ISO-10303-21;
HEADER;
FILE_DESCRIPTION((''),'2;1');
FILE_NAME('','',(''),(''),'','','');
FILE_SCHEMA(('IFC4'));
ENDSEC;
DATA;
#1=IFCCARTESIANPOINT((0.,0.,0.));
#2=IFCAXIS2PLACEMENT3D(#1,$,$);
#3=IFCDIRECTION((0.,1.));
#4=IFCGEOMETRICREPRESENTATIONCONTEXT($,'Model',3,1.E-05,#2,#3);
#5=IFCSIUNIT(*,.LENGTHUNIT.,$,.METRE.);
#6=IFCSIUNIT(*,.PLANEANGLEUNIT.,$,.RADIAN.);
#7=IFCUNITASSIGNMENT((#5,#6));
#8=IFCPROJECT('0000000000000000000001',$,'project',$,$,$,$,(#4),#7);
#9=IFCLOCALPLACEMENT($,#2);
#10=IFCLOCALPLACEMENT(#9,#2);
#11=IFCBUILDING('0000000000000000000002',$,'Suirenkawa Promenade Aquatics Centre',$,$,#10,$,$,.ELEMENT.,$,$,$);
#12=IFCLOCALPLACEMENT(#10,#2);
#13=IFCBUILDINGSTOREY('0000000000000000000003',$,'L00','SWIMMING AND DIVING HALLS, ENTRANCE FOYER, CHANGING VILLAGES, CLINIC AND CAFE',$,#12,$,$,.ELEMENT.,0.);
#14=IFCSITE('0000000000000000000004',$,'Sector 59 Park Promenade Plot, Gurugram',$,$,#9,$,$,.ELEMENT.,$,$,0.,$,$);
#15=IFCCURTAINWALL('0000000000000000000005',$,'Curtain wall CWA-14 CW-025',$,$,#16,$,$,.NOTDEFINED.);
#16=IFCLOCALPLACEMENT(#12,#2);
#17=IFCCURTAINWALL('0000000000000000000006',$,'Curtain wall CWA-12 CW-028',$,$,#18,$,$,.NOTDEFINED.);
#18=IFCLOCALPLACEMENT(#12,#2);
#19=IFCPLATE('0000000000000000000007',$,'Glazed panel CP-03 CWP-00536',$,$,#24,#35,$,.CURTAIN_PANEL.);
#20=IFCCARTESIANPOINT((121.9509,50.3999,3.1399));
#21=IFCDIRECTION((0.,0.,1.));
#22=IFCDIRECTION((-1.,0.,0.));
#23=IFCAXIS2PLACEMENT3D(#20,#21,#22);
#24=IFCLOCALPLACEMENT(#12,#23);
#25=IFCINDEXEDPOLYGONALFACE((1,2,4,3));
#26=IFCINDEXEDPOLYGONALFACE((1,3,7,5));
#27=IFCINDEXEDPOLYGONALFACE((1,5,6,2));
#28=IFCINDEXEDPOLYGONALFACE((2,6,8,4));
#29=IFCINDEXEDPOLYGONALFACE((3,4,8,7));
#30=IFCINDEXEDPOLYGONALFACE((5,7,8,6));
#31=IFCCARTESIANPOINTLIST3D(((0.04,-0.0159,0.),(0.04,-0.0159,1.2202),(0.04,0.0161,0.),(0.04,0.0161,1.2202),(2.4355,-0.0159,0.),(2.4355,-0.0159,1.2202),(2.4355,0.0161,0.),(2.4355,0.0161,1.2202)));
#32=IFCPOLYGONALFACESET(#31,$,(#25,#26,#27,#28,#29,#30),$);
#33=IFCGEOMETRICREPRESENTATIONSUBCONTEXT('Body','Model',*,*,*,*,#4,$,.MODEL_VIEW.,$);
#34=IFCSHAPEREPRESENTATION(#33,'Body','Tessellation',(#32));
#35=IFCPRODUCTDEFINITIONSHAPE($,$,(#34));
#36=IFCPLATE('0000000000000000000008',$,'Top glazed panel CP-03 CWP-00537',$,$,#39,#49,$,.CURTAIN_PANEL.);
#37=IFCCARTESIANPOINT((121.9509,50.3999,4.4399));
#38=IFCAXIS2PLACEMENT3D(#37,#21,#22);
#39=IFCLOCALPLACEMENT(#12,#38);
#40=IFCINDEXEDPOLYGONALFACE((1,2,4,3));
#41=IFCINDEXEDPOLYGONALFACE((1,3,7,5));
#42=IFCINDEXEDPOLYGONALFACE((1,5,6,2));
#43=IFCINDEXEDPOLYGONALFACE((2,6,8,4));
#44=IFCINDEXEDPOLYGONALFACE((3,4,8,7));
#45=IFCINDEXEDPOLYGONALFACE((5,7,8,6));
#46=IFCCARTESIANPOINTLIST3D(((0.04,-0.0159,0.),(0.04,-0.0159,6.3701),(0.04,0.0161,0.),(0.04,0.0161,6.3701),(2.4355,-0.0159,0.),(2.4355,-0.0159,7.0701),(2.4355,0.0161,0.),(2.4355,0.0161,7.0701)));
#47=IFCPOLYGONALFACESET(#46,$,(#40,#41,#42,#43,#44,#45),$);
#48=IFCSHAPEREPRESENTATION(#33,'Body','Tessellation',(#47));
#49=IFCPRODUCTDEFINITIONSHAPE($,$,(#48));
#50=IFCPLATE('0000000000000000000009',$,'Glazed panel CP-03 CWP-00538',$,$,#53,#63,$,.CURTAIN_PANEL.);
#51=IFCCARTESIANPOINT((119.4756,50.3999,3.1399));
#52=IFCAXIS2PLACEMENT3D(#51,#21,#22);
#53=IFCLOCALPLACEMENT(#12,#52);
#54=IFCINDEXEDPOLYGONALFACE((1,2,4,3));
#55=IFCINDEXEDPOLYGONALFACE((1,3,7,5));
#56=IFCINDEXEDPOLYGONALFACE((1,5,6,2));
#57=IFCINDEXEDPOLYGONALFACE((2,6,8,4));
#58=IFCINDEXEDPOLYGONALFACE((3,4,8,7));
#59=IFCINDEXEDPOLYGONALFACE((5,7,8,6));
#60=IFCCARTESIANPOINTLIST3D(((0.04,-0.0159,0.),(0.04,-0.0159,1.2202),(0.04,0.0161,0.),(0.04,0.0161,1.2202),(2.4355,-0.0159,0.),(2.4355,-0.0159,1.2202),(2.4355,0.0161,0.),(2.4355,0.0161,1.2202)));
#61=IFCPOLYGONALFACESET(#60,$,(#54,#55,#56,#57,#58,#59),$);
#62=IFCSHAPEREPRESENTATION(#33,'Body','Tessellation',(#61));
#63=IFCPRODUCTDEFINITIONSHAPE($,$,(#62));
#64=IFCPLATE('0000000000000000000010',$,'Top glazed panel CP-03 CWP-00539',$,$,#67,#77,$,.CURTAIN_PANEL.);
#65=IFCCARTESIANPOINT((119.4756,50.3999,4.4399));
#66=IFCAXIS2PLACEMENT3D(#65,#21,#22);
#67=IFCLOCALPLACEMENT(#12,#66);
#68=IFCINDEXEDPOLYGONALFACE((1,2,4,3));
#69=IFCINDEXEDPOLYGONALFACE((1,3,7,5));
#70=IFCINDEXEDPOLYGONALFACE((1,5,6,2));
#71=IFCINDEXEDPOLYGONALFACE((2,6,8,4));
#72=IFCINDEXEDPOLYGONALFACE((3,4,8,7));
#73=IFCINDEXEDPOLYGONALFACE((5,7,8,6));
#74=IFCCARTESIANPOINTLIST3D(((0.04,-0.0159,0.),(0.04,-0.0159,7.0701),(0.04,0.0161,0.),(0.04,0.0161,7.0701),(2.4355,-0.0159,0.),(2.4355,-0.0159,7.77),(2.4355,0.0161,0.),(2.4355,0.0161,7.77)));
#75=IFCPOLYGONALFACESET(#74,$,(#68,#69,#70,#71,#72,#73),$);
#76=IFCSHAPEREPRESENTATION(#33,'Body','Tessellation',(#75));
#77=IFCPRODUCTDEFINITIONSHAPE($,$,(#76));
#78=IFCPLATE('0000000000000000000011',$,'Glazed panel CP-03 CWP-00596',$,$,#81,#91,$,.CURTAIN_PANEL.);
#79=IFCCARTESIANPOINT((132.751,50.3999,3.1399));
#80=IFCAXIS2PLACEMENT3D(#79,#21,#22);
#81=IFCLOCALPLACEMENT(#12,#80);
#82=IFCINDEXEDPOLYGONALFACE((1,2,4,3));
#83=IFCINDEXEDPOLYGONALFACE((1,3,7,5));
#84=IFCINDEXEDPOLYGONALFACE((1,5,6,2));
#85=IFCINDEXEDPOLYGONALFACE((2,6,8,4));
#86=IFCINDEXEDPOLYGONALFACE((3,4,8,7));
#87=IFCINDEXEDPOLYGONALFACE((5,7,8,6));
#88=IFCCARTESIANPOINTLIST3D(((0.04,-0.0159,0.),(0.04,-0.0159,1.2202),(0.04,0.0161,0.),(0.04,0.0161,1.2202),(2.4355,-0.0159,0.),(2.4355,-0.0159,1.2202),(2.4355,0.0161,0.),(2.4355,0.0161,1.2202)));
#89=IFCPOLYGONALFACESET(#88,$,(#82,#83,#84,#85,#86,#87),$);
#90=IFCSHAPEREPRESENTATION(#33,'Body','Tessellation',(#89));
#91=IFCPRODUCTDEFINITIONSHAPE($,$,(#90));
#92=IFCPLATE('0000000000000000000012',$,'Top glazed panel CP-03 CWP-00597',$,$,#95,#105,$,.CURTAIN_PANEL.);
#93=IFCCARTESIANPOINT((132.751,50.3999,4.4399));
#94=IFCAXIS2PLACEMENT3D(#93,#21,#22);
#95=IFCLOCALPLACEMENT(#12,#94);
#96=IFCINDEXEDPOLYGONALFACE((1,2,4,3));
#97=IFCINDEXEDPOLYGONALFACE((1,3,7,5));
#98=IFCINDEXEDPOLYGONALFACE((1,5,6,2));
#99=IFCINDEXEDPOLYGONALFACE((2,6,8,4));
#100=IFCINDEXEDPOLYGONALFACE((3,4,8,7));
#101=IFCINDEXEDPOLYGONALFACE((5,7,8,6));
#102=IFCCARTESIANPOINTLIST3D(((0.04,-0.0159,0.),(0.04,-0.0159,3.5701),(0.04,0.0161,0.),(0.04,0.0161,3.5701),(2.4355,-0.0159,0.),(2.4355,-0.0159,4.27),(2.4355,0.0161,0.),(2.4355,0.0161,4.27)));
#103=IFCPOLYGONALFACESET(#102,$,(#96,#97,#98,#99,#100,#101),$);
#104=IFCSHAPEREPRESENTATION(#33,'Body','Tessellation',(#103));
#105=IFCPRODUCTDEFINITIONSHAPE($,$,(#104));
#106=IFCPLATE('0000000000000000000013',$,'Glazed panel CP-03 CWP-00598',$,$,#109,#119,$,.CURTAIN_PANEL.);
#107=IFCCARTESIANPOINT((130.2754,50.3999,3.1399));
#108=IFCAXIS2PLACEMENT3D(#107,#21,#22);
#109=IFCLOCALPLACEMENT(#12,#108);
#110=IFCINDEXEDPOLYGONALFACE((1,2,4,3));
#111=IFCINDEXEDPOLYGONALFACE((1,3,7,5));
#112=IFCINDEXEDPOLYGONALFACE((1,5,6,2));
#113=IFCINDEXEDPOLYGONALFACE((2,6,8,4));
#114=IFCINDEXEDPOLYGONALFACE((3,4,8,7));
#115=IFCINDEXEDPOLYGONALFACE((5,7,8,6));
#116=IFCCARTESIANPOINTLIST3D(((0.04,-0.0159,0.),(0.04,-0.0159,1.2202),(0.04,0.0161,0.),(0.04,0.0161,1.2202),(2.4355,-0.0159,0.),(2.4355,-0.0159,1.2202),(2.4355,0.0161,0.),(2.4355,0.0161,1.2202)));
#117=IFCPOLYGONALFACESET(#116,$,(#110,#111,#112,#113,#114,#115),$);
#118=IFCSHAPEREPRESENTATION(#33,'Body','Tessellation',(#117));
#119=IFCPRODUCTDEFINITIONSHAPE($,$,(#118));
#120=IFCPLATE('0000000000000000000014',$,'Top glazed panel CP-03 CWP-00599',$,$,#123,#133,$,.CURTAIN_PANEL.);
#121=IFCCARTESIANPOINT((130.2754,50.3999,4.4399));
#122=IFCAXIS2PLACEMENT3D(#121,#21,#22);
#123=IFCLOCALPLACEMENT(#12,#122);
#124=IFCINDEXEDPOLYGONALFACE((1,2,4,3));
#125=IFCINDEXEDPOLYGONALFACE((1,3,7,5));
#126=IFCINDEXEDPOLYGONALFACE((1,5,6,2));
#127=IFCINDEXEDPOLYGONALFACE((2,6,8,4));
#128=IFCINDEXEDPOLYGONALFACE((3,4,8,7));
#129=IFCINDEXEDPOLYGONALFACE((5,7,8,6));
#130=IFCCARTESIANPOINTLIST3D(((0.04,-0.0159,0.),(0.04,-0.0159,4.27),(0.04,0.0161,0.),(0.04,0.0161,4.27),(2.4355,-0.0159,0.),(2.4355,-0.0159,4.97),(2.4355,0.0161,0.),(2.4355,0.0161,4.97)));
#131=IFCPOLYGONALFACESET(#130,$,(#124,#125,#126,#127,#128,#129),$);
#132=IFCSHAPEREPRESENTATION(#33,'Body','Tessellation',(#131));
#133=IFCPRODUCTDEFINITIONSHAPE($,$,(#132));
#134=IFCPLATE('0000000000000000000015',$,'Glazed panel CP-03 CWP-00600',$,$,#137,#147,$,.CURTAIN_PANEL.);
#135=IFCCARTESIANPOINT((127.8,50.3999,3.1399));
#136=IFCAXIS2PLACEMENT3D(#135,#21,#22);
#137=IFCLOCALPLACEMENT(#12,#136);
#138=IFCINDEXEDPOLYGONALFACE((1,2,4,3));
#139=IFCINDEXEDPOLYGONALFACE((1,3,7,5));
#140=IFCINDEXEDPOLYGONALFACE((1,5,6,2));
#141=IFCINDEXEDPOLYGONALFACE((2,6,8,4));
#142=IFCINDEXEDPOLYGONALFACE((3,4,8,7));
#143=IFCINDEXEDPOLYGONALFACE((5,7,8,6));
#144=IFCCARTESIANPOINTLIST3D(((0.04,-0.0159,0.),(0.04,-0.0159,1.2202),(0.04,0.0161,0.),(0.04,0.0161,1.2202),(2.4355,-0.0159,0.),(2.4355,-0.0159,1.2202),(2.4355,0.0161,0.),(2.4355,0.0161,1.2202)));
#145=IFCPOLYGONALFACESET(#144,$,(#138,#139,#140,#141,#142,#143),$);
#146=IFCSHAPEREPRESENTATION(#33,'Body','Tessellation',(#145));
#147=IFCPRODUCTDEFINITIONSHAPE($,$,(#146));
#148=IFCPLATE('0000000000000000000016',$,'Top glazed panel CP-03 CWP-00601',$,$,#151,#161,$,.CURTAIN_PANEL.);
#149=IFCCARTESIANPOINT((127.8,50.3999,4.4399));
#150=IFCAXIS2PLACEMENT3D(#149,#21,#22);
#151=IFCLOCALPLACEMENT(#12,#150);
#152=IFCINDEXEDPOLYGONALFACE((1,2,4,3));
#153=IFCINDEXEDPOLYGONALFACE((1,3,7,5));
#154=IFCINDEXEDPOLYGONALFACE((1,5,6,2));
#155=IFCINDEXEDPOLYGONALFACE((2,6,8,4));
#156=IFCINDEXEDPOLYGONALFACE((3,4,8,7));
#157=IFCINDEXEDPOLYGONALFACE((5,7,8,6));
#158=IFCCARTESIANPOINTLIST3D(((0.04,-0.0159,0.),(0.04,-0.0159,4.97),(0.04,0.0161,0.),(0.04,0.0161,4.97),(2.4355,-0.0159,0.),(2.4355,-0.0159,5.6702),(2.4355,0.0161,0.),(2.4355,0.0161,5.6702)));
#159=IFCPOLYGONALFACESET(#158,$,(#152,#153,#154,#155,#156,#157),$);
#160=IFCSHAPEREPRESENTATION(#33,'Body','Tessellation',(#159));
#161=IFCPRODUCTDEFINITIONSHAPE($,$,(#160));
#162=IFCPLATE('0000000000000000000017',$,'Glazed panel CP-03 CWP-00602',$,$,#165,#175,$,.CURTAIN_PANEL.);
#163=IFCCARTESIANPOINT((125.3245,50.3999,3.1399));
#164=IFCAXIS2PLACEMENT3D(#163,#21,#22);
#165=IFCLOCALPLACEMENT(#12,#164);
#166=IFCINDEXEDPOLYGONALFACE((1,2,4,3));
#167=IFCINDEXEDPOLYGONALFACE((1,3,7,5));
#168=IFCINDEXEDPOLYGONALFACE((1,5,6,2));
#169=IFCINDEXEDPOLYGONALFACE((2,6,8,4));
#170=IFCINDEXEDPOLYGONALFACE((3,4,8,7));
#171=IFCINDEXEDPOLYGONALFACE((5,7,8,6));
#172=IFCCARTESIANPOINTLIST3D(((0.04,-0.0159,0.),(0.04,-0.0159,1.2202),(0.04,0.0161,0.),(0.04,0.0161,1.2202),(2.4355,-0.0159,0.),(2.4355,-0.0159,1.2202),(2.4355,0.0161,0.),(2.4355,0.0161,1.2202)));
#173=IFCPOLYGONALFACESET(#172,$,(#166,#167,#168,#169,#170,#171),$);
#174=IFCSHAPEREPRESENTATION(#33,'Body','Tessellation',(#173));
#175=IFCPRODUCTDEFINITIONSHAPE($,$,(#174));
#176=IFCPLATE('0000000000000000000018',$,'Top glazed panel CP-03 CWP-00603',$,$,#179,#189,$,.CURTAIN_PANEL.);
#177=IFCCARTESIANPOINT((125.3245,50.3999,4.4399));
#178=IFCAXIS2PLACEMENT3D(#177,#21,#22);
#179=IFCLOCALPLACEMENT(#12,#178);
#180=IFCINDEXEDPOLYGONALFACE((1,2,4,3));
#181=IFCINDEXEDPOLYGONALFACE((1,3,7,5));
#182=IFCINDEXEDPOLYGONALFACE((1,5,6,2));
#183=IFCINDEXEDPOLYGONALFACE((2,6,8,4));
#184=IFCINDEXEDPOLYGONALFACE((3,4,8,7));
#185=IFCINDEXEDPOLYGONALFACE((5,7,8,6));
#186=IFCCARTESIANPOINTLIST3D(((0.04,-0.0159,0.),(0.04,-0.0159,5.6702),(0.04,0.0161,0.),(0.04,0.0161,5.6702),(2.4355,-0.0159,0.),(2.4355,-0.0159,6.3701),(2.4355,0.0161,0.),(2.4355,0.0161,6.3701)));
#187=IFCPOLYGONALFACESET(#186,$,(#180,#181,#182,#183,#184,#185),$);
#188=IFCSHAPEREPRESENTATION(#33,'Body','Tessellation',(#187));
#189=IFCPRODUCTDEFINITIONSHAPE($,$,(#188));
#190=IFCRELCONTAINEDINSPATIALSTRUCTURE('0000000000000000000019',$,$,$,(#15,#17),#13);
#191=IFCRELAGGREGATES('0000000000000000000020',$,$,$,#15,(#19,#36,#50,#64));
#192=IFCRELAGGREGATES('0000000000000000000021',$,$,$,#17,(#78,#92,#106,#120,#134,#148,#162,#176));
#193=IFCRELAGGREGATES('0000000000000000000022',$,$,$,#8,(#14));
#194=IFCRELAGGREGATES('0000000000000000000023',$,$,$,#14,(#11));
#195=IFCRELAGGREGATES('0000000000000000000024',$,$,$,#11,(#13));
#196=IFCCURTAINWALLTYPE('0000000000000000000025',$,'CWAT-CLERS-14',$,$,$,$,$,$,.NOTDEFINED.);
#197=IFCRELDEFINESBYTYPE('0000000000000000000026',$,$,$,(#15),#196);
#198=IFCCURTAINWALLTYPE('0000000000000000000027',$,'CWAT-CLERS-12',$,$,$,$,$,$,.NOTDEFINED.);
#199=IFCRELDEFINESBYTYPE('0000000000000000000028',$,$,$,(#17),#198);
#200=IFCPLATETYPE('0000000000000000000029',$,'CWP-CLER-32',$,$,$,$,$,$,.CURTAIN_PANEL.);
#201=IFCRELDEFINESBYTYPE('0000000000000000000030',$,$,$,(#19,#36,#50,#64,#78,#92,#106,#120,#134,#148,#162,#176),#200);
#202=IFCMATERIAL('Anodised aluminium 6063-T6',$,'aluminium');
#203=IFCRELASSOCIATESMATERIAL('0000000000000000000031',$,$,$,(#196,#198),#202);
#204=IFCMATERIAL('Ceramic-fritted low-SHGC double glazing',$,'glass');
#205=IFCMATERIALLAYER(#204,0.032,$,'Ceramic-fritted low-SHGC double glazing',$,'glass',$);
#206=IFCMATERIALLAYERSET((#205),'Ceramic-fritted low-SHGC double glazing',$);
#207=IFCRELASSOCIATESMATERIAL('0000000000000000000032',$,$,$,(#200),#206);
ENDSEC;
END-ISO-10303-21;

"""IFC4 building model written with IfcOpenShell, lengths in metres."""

from ifc_helpers import new_model, si_unit, direction, frame, origin, place, context, subcontext, project, spatial, polyline, outline, extrude, material, layer, layer_set, type_object, element, aggregate, save


model = new_model("IFC4")

# Units and contexts
model_context = context("Model", 3, precision=1e-05, world=origin(), true_north=direction((0.0, 1.0)))
body_context = subcontext(model_context, "Body", "Model", "MODEL_VIEW")
ifc_project = project(units=[si_unit("LENGTHUNIT", "METRE"), si_unit("PLANEANGLEUNIT", "RADIAN")], contexts=[model_context])

# Site, building, storey
site_placement = place(None, origin())
site = spatial("IfcSite", under=ifc_project, at=site_placement, Name="Sector 59 Park Promenade Plot, Gurugram", CompositionType="ELEMENT", RefElevation=0.0)
building_placement = place(site_placement, origin())
building = spatial("IfcBuilding", under=site, at=building_placement, Name="Suirenkawa Promenade Aquatics Centre", CompositionType="ELEMENT")
storey_placement = place(building_placement, origin())
storey = spatial("IfcBuildingStorey", under=building, at=storey_placement, Name="L00", Description="SWIMMING AND DIVING HALLS, ENTRANCE FOYER, CHANGING VILLAGES, CLINIC AND CAFE", CompositionType="ELEMENT", Elevation=0.0)

# Curtain wall
ifc_material_1 = material(Name="Anodised aluminium 6063-T6", Category="aluminium")
curtain_wall_type_1 = type_object("IfcCurtainWallType", Name="CWAT-CLERS-14", PredefinedType="NOTDEFINED", material=ifc_material_1)
curtain_wall_1_placement = place(storey_placement, origin())
curtain_wall_1 = element("IfcCurtainWall", 1, at=curtain_wall_1_placement, inside=storey, type_object=curtain_wall_type_1, Name="Curtain wall CWA-14 CW-025", PredefinedType="NOTDEFINED")

# Curtain wall
curtain_wall_type_2 = type_object("IfcCurtainWallType", Name="CWAT-CLERS-12", PredefinedType="NOTDEFINED", material=ifc_material_1)
curtain_wall_2_placement = place(storey_placement, origin())
curtain_wall_2 = element("IfcCurtainWall", 2, at=curtain_wall_2_placement, inside=storey, type_object=curtain_wall_type_2, Name="Curtain wall CWA-12 CW-028", PredefinedType="NOTDEFINED")

# Plates
ifc_material_2 = material(Name="Ceramic-fritted low-SHGC double glazing", Category="glass")
ifc_layer_1 = layer(ifc_material_2, 0.032, Name="Ceramic-fritted low-SHGC double glazing", Category="glass")
ifc_layer_set_1 = layer_set([ifc_layer_1], Name="Ceramic-fritted low-SHGC double glazing")
plate_type = type_object("IfcPlateType", Name="CWP-CLER-32", PredefinedType="CURTAIN_PANEL", material=ifc_layer_set_1)
plate_1_placement = place(storey_placement, frame((121.9509, 50.3999, 3.1399), z_axis=(0.0, 0.0, 1.0), x_axis=(-1.0, 0.0, 0.0)))
plate_1 = element("IfcPlate", 3, at=plate_1_placement, type_object=plate_type, Name="Glazed panel CP-03 CWP-00536", PredefinedType="CURTAIN_PANEL", context=body_context, shape_type="SweptSolid", body=[
    extrude(outline(polyline([(0.04, 0.0), (2.4355, 0.0), (2.4355, 1.2202), (0.04, 1.2202), (0.04, 0.0)])), frame((0.0, 0.0161, 0.0), z_axis=(0.0, -1.0, 0.0), x_axis=(1.0, 0.0, 0.0)), (0.0, 0.0, 1.0), 0.032),
])
plate_2_placement = place(storey_placement, frame((121.9509, 50.3999, 4.4399), z_axis=(0.0, 0.0, 1.0), x_axis=(-1.0, 0.0, 0.0)))
plate_2 = element("IfcPlate", 4, at=plate_2_placement, type_object=plate_type, Name="Top glazed panel CP-03 CWP-00537", PredefinedType="CURTAIN_PANEL", context=body_context, shape_type="SweptSolid", body=[
    extrude(outline(polyline([(0.04, 0.0), (2.4355, 0.0), (2.4355, 7.0701), (0.04, 6.3701), (0.04, 0.0)])), frame((0.0, 0.0161, 0.0), z_axis=(0.0, -1.0, 0.0), x_axis=(1.0, 0.0, 0.0)), (0.0, 0.0, 1.0), 0.032),
])
plate_3_placement = place(storey_placement, frame((119.4756, 50.3999, 3.1399), z_axis=(0.0, 0.0, 1.0), x_axis=(-1.0, 0.0, 0.0)))
plate_3 = element("IfcPlate", 5, at=plate_3_placement, type_object=plate_type, Name="Glazed panel CP-03 CWP-00538", PredefinedType="CURTAIN_PANEL", context=body_context, shape_type="SweptSolid", body=[
    extrude(outline(polyline([(0.04, 0.0), (2.4355, 0.0), (2.4355, 1.2202), (0.04, 1.2202), (0.04, 0.0)])), frame((0.0, 0.0161, 0.0), z_axis=(0.0, -1.0, 0.0), x_axis=(1.0, 0.0, 0.0)), (0.0, 0.0, 1.0), 0.032),
])
plate_4_placement = place(storey_placement, frame((119.4756, 50.3999, 4.4399), z_axis=(0.0, 0.0, 1.0), x_axis=(-1.0, 0.0, 0.0)))
plate_4 = element("IfcPlate", 6, at=plate_4_placement, type_object=plate_type, Name="Top glazed panel CP-03 CWP-00539", PredefinedType="CURTAIN_PANEL", context=body_context, shape_type="SweptSolid", body=[
    extrude(outline(polyline([(0.04, 0.0), (2.4355, 0.0), (2.4355, 7.77), (0.04, 7.0701), (0.04, 0.0)])), frame((0.0, 0.0161, 0.0), z_axis=(0.0, -1.0, 0.0), x_axis=(1.0, 0.0, 0.0)), (0.0, 0.0, 1.0), 0.032),
])
aggregate(curtain_wall_1, [plate_1, plate_2, plate_3, plate_4])
plate_5_placement = place(storey_placement, frame((132.751, 50.3999, 3.1399), z_axis=(0.0, 0.0, 1.0), x_axis=(-1.0, 0.0, 0.0)))
plate_5 = element("IfcPlate", 7, at=plate_5_placement, type_object=plate_type, Name="Glazed panel CP-03 CWP-00596", PredefinedType="CURTAIN_PANEL", context=body_context, shape_type="SweptSolid", body=[
    extrude(outline(polyline([(0.04, 0.0), (2.4355, 0.0), (2.4355, 1.2202), (0.04, 1.2202), (0.04, 0.0)])), frame((0.0, 0.0161, 0.0), z_axis=(0.0, -1.0, 0.0), x_axis=(1.0, 0.0, 0.0)), (0.0, 0.0, 1.0), 0.032),
])
plate_6_placement = place(storey_placement, frame((132.751, 50.3999, 4.4399), z_axis=(0.0, 0.0, 1.0), x_axis=(-1.0, 0.0, 0.0)))
plate_6 = element("IfcPlate", 8, at=plate_6_placement, type_object=plate_type, Name="Top glazed panel CP-03 CWP-00597", PredefinedType="CURTAIN_PANEL", context=body_context, shape_type="SweptSolid", body=[
    extrude(outline(polyline([(0.04, 0.0), (2.4355, 0.0), (2.4355, 4.27), (0.04, 3.5701), (0.04, 0.0)])), frame((0.0, 0.0161, 0.0), z_axis=(0.0, -1.0, 0.0), x_axis=(1.0, 0.0, 0.0)), (0.0, 0.0, 1.0), 0.032),
])
plate_7_placement = place(storey_placement, frame((130.2754, 50.3999, 3.1399), z_axis=(0.0, 0.0, 1.0), x_axis=(-1.0, 0.0, 0.0)))
plate_7 = element("IfcPlate", 9, at=plate_7_placement, type_object=plate_type, Name="Glazed panel CP-03 CWP-00598", PredefinedType="CURTAIN_PANEL", context=body_context, shape_type="SweptSolid", body=[
    extrude(outline(polyline([(0.04, 0.0), (2.4355, 0.0), (2.4355, 1.2202), (0.04, 1.2202), (0.04, 0.0)])), frame((0.0, 0.0161, 0.0), z_axis=(0.0, -1.0, 0.0), x_axis=(1.0, 0.0, 0.0)), (0.0, 0.0, 1.0), 0.032),
])
plate_8_placement = place(storey_placement, frame((130.2754, 50.3999, 4.4399), z_axis=(0.0, 0.0, 1.0), x_axis=(-1.0, 0.0, 0.0)))
plate_8 = element("IfcPlate", 10, at=plate_8_placement, type_object=plate_type, Name="Top glazed panel CP-03 CWP-00599", PredefinedType="CURTAIN_PANEL", context=body_context, shape_type="SweptSolid", body=[
    extrude(outline(polyline([(0.04, 0.0), (2.4355, 0.0), (2.4355, 4.97), (0.04, 4.27), (0.04, 0.0)])), frame((0.0, 0.0161, 0.0), z_axis=(0.0, -1.0, 0.0), x_axis=(1.0, 0.0, 0.0)), (0.0, 0.0, 1.0), 0.032),
])
plate_9_placement = place(storey_placement, frame((127.8, 50.3999, 3.1399), z_axis=(0.0, 0.0, 1.0), x_axis=(-1.0, 0.0, 0.0)))
plate_9 = element("IfcPlate", 11, at=plate_9_placement, type_object=plate_type, Name="Glazed panel CP-03 CWP-00600", PredefinedType="CURTAIN_PANEL", context=body_context, shape_type="SweptSolid", body=[
    extrude(outline(polyline([(0.04, 0.0), (2.4355, 0.0), (2.4355, 1.2202), (0.04, 1.2202), (0.04, 0.0)])), frame((0.0, 0.0161, 0.0), z_axis=(0.0, -1.0, 0.0), x_axis=(1.0, 0.0, 0.0)), (0.0, 0.0, 1.0), 0.032),
])
plate_10_placement = place(storey_placement, frame((127.8, 50.3999, 4.4399), z_axis=(0.0, 0.0, 1.0), x_axis=(-1.0, 0.0, 0.0)))
plate_10 = element("IfcPlate", 12, at=plate_10_placement, type_object=plate_type, Name="Top glazed panel CP-03 CWP-00601", PredefinedType="CURTAIN_PANEL", context=body_context, shape_type="SweptSolid", body=[
    extrude(outline(polyline([(0.04, 0.0), (2.4355, 0.0), (2.4355, 5.6702), (0.04, 4.97), (0.04, 0.0)])), frame((0.0, 0.0161, 0.0), z_axis=(0.0, -1.0, 0.0), x_axis=(1.0, 0.0, 0.0)), (0.0, 0.0, 1.0), 0.032),
])
plate_11_placement = place(storey_placement, frame((125.3245, 50.3999, 3.1399), z_axis=(0.0, 0.0, 1.0), x_axis=(-1.0, 0.0, 0.0)))
plate_11 = element("IfcPlate", 13, at=plate_11_placement, type_object=plate_type, Name="Glazed panel CP-03 CWP-00602", PredefinedType="CURTAIN_PANEL", context=body_context, shape_type="SweptSolid", body=[
    extrude(outline(polyline([(0.04, 0.0), (2.4355, 0.0), (2.4355, 1.2202), (0.04, 1.2202), (0.04, 0.0)])), frame((0.0, 0.0161, 0.0), z_axis=(0.0, -1.0, 0.0), x_axis=(1.0, 0.0, 0.0)), (0.0, 0.0, 1.0), 0.032),
])
plate_12_placement = place(storey_placement, frame((125.3245, 50.3999, 4.4399), z_axis=(0.0, 0.0, 1.0), x_axis=(-1.0, 0.0, 0.0)))
plate_12 = element("IfcPlate", 14, at=plate_12_placement, type_object=plate_type, Name="Top glazed panel CP-03 CWP-00603", PredefinedType="CURTAIN_PANEL", context=body_context, shape_type="SweptSolid", body=[
    extrude(outline(polyline([(0.04, 0.0), (2.4355, 0.0), (2.4355, 6.3701), (0.04, 5.6702), (0.04, 0.0)])), frame((0.0, 0.0161, 0.0), z_axis=(0.0, -1.0, 0.0), x_axis=(1.0, 0.0, 0.0)), (0.0, 0.0, 1.0), 0.032),
])
aggregate(curtain_wall_2, [plate_5, plate_6, plate_7, plate_8, plate_9, plate_10, plate_11, plate_12])

save(model, "model.ifc")
